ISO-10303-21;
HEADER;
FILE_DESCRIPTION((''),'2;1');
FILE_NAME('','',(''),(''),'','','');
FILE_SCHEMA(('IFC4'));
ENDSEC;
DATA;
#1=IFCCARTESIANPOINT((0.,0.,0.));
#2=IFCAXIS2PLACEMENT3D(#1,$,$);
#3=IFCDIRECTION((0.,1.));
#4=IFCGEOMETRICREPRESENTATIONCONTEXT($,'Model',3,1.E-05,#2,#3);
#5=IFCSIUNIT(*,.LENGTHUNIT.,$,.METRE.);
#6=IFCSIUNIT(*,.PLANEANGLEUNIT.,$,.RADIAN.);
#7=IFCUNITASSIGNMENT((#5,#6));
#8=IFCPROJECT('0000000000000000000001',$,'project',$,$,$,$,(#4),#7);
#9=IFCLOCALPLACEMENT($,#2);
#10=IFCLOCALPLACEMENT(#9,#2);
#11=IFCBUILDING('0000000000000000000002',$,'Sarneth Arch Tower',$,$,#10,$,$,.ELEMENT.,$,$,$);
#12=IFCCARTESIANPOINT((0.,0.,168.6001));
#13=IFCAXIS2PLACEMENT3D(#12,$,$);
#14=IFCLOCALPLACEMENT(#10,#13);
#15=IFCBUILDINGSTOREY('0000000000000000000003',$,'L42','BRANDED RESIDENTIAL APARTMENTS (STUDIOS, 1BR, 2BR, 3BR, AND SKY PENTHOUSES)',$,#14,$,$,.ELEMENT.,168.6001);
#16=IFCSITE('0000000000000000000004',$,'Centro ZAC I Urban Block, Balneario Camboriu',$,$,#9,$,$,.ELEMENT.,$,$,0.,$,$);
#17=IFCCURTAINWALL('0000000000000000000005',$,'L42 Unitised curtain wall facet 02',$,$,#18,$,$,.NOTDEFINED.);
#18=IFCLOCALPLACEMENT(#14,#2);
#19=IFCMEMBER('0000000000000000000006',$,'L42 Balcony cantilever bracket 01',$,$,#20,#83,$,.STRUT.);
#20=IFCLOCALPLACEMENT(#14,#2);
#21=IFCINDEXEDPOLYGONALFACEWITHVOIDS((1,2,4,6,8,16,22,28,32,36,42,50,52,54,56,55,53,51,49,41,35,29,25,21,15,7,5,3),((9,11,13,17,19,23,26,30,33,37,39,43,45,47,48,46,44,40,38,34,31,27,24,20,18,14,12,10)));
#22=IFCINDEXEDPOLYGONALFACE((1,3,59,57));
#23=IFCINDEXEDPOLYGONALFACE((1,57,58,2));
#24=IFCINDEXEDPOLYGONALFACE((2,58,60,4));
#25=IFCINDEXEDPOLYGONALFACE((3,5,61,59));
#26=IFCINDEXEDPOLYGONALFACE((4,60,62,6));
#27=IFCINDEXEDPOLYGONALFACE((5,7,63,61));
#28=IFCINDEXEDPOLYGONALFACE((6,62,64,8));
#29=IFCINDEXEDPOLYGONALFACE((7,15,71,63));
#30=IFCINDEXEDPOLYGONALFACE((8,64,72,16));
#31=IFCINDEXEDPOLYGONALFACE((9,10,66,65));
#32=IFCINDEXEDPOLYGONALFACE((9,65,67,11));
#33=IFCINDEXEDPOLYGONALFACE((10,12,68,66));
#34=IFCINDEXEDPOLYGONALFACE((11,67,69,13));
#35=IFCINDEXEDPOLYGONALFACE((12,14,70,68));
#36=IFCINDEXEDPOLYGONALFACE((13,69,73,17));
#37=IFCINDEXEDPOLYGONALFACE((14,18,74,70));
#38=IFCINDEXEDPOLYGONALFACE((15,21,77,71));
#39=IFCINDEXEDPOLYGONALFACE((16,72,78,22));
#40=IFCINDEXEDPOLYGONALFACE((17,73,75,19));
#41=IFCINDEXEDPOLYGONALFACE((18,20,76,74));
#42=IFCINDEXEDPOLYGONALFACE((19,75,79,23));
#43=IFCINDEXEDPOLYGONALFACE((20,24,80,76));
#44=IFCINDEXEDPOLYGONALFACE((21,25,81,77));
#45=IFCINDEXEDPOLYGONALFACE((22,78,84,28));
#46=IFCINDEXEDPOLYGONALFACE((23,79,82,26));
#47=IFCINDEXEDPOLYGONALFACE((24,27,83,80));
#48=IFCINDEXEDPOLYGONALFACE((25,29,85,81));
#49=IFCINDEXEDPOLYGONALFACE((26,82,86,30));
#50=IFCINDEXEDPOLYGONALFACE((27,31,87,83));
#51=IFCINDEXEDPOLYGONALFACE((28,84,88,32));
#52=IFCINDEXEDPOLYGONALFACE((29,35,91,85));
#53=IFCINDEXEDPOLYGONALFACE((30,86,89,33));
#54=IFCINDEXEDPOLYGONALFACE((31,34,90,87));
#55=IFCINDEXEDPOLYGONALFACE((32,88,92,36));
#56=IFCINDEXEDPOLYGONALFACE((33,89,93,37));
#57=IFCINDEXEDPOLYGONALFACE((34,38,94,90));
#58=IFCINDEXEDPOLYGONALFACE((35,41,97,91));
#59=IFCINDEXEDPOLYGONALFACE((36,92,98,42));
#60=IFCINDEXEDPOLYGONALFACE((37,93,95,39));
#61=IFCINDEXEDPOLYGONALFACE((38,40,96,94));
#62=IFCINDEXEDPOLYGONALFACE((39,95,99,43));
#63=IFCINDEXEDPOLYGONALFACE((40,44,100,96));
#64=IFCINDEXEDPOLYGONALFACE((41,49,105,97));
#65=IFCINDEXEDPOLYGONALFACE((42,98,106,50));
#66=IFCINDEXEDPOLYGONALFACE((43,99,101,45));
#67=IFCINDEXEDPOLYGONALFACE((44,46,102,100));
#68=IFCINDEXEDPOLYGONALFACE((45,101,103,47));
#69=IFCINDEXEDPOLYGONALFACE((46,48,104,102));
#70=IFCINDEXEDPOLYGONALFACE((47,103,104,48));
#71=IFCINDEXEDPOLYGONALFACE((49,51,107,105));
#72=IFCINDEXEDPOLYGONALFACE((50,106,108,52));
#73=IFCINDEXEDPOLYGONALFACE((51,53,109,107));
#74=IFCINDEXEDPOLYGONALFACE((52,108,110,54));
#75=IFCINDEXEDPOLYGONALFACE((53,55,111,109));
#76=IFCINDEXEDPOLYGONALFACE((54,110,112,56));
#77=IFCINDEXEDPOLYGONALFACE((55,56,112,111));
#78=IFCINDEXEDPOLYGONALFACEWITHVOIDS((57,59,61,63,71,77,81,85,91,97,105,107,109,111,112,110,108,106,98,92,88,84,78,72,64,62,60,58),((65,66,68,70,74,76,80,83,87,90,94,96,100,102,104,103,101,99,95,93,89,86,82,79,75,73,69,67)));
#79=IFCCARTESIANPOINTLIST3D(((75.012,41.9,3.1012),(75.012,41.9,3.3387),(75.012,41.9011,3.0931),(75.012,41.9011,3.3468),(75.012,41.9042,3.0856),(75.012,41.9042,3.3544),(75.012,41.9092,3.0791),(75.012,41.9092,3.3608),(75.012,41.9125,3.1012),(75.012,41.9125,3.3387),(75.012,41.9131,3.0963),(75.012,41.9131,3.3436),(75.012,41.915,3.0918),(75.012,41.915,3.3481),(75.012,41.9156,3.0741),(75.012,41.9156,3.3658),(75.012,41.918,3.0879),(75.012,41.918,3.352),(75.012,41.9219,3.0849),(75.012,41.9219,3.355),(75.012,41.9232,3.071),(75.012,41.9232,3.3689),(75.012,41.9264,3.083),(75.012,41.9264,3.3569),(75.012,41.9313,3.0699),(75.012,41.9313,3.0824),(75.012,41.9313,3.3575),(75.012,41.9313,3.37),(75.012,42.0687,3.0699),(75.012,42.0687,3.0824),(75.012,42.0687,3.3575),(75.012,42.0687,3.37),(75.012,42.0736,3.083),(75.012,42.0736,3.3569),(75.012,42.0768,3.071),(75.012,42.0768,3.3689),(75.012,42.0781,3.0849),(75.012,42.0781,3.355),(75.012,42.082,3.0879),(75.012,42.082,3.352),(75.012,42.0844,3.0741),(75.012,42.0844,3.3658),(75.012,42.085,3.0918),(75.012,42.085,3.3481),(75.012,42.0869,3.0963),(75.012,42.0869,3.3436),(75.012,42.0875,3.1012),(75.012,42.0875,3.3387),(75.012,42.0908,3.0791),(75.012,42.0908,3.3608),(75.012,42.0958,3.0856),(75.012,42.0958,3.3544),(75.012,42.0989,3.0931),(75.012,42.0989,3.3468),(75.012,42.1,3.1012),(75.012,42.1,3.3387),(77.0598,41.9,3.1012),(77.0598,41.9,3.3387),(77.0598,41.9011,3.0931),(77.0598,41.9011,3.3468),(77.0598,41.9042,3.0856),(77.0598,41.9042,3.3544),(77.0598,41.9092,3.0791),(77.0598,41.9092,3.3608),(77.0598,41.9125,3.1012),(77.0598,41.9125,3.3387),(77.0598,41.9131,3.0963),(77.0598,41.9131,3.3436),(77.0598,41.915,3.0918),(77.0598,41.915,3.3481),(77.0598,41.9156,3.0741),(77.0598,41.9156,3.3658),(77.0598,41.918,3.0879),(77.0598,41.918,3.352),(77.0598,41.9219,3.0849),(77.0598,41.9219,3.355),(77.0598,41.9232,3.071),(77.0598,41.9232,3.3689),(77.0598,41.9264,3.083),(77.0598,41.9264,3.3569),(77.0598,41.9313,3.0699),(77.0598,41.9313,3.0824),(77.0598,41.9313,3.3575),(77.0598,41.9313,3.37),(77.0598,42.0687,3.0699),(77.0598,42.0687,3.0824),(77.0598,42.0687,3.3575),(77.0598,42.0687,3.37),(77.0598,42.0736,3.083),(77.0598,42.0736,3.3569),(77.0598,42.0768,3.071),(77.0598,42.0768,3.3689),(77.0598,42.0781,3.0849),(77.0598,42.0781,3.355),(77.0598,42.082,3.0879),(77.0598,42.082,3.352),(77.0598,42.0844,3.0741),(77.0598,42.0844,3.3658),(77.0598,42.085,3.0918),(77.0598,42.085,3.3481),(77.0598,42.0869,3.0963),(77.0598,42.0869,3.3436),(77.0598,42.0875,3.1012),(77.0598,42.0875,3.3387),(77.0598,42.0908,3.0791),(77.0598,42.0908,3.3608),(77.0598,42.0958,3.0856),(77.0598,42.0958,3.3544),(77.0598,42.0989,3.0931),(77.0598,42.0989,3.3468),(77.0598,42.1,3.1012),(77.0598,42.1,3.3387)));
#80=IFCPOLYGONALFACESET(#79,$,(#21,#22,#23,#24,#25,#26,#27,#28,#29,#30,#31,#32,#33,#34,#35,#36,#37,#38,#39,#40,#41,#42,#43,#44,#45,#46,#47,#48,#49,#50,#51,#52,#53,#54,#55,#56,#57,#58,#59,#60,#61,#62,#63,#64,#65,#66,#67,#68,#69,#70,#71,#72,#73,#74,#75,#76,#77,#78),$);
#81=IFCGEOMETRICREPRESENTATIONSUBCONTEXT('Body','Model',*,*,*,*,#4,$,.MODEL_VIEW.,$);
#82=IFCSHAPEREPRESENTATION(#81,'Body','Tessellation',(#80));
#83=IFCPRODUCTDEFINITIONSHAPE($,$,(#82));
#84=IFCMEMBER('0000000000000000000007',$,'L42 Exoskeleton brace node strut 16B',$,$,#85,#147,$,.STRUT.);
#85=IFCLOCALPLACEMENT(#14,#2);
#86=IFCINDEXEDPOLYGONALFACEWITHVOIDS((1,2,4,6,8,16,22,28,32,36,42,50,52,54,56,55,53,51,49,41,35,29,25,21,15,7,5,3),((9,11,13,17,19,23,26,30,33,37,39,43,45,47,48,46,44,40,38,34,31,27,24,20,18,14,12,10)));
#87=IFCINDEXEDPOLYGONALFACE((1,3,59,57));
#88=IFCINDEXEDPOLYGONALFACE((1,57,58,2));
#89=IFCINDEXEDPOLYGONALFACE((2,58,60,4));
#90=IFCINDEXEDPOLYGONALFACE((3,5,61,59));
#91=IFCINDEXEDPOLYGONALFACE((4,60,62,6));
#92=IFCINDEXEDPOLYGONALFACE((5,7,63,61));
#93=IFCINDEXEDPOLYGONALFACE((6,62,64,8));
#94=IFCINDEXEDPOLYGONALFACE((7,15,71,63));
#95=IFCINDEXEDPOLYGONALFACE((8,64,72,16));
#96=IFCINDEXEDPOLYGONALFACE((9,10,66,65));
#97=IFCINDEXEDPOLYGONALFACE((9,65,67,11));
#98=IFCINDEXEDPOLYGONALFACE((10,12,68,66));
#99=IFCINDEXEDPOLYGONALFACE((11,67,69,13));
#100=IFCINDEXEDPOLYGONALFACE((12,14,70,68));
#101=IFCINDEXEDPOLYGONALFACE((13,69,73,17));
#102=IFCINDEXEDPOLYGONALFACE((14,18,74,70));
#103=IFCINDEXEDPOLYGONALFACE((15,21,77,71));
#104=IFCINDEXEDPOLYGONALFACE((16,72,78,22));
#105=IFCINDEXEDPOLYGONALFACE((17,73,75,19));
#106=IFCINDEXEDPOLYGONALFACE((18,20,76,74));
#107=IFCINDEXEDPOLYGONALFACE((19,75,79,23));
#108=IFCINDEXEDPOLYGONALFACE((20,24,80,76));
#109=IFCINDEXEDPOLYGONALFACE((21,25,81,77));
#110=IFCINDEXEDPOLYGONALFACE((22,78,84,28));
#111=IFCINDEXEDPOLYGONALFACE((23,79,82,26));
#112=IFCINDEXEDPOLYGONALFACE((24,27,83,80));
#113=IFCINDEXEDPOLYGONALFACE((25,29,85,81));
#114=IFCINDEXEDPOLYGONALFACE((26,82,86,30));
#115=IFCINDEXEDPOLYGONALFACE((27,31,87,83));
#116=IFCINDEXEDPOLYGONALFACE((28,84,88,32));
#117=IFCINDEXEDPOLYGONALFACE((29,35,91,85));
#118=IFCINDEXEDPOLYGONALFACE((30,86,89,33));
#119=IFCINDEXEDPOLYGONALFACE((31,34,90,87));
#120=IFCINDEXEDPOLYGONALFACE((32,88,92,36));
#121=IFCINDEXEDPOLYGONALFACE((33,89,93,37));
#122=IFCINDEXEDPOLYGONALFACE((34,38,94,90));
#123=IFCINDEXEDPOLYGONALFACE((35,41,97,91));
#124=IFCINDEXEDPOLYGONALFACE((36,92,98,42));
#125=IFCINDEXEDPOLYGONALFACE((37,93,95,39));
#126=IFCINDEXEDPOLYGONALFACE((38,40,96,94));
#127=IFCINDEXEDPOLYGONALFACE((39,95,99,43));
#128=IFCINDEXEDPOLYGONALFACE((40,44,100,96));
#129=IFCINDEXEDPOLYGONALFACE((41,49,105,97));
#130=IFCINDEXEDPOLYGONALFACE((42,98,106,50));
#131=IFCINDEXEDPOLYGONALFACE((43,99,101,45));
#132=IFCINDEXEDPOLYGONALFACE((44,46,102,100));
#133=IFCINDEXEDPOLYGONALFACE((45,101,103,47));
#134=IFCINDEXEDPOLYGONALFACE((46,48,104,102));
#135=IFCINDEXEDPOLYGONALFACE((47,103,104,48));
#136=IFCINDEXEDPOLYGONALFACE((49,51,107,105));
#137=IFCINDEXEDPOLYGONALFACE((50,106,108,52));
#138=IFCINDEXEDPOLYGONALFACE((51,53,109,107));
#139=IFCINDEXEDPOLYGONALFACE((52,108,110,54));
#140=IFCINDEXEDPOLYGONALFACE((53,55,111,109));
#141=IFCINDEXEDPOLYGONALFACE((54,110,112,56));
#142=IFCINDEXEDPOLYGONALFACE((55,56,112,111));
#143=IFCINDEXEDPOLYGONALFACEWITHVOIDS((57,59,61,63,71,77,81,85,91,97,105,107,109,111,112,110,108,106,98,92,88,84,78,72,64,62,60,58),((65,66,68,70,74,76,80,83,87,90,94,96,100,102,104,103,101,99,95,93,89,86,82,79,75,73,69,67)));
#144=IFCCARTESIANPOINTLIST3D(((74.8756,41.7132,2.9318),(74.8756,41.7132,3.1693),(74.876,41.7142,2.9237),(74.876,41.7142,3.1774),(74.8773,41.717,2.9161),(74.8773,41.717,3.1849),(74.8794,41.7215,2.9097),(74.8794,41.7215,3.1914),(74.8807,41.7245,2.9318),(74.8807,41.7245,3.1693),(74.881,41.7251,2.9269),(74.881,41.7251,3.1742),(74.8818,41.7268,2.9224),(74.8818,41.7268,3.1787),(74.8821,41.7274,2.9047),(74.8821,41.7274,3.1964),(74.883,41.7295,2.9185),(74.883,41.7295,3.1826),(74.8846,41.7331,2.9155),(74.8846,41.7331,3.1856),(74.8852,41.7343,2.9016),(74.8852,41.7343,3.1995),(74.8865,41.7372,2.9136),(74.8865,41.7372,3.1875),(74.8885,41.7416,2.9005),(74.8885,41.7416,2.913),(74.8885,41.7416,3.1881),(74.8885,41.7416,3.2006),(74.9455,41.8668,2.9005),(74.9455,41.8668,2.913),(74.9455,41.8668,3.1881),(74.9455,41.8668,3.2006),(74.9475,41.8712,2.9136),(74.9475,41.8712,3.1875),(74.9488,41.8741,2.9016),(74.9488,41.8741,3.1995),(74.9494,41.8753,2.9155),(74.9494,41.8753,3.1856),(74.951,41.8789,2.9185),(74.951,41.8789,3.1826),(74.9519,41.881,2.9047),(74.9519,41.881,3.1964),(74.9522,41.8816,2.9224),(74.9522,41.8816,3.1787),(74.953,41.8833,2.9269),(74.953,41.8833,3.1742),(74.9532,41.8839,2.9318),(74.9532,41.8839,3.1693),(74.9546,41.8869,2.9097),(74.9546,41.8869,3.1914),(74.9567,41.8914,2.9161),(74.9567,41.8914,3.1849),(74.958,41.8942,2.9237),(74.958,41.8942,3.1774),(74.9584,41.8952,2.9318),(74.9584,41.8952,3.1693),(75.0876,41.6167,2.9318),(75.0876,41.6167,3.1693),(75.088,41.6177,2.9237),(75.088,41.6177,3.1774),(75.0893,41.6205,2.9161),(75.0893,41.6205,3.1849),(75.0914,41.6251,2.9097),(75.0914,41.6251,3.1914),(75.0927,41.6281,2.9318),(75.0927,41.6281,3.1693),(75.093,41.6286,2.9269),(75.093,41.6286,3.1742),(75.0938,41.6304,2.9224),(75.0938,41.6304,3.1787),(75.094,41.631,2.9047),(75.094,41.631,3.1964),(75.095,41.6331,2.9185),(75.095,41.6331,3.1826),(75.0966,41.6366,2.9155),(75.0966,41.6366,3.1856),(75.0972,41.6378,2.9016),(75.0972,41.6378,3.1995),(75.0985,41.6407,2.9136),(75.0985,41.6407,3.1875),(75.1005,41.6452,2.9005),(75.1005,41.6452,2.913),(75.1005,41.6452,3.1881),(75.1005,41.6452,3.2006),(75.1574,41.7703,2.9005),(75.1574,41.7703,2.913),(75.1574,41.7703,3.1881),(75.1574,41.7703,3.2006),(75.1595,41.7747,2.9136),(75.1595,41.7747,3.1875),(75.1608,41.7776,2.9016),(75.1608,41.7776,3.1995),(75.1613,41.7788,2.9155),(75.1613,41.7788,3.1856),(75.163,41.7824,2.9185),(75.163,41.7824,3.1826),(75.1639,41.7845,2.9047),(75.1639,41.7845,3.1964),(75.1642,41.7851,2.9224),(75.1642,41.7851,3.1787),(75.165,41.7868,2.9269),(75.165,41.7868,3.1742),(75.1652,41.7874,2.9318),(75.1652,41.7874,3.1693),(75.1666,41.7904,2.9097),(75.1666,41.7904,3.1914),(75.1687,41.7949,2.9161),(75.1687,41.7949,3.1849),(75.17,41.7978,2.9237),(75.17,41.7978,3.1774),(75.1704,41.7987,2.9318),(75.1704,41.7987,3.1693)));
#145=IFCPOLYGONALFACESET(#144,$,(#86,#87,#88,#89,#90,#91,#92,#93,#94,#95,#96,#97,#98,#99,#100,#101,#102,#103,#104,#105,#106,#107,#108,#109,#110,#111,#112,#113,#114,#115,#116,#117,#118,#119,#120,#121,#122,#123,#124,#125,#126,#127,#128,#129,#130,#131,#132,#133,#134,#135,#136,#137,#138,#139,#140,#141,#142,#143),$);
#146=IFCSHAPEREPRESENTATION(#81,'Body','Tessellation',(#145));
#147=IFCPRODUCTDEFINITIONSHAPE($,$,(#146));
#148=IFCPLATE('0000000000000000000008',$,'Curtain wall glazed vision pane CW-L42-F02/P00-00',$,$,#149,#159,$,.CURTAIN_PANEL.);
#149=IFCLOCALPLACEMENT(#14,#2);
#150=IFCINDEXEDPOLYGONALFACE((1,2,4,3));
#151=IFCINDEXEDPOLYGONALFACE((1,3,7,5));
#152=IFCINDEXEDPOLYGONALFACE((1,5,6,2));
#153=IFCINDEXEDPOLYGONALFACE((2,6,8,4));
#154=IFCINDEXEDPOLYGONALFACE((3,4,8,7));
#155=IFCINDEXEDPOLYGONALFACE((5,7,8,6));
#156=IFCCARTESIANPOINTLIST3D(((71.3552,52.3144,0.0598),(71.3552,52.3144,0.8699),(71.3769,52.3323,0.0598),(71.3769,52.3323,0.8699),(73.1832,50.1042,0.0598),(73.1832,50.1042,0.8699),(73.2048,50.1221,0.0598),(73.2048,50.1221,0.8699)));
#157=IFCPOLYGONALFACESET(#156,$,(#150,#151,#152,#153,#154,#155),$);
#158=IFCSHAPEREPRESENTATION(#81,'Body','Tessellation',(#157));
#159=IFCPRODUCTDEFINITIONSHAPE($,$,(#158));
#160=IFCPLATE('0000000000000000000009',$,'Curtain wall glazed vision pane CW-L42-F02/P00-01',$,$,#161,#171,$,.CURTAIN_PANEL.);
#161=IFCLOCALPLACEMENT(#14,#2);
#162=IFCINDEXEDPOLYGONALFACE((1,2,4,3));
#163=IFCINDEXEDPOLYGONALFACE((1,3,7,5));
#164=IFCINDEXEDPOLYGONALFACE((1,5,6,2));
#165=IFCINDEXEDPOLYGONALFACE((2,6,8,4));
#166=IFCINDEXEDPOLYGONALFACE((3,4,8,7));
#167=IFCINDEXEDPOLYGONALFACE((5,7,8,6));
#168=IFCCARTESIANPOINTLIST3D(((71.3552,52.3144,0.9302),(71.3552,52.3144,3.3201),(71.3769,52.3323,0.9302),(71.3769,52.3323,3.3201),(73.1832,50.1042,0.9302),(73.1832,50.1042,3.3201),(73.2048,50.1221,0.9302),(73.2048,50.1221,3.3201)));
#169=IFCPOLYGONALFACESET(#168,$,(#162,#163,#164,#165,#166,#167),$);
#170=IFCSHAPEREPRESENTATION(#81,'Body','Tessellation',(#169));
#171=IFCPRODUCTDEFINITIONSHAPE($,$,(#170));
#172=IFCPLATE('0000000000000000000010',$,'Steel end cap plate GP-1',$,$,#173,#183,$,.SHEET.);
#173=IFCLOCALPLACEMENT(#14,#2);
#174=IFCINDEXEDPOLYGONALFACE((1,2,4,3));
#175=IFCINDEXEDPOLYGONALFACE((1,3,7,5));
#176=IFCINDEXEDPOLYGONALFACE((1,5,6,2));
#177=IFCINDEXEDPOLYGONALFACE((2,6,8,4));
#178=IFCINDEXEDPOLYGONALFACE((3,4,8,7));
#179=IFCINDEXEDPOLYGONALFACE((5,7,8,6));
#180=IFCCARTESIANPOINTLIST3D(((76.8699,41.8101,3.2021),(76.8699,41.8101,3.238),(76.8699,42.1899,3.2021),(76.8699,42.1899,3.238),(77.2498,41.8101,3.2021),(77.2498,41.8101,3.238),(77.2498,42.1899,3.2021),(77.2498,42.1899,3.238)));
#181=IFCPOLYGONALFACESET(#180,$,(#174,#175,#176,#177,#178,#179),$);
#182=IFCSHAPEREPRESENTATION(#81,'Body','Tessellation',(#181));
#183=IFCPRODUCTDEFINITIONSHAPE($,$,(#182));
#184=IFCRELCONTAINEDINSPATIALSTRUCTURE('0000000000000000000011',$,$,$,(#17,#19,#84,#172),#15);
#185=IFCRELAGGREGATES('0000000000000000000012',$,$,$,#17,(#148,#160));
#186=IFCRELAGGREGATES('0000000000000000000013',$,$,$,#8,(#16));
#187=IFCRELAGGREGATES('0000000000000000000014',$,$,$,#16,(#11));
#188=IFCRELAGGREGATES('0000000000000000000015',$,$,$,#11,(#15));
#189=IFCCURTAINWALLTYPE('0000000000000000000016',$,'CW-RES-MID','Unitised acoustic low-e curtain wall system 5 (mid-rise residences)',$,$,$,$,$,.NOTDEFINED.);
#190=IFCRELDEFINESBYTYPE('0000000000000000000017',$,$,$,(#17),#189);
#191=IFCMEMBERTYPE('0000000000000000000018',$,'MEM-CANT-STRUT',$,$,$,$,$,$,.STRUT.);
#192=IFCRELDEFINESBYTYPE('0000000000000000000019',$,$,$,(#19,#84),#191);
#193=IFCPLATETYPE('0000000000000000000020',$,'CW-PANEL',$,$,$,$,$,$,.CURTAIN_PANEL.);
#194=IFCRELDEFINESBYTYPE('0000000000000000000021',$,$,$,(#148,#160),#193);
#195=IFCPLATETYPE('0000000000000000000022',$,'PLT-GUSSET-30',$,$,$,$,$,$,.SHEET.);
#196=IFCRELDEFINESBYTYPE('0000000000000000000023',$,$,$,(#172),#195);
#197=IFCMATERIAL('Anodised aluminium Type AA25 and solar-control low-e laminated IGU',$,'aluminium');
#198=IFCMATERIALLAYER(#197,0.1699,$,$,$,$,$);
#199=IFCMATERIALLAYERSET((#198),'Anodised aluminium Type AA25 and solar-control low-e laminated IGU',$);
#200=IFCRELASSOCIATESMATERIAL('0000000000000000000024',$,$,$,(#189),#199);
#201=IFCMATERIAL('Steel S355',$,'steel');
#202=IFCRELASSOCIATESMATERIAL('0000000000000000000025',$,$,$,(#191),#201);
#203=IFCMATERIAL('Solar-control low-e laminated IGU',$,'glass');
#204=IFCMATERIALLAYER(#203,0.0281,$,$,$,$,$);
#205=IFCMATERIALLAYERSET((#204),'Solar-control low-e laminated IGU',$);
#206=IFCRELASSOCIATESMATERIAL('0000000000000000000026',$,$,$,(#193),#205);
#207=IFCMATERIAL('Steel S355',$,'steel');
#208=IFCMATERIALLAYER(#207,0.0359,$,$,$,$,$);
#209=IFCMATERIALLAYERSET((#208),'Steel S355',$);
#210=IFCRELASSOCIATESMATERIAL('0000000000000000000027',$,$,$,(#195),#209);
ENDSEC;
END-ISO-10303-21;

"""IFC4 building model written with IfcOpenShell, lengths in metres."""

from ifc_helpers import new_model, si_unit, direction, frame, origin, origin_2d, place, context, subcontext, project, spatial, rectangle, hollow_rectangle, extrude, material, layer, layer_set, material_profile, profile_set, type_object, element, aggregate, save


model = new_model("IFC4")

# Units and contexts
model_context = context("Model", 3, precision=1e-05, world=origin(), true_north=direction((0.0, 1.0)))
body_context = subcontext(model_context, "Body", "Model", "MODEL_VIEW")
ifc_project = project(units=[si_unit("LENGTHUNIT", "METRE"), si_unit("PLANEANGLEUNIT", "RADIAN")], contexts=[model_context])

# Site, building, storey
site_placement = place(None, origin())
site = spatial("IfcSite", under=ifc_project, at=site_placement, Name="Centro ZAC I Urban Block, Balneario Camboriu", CompositionType="ELEMENT", RefElevation=0.0)
building_placement = place(site_placement, origin())
building = spatial("IfcBuilding", under=site, at=building_placement, Name="Sarneth Arch Tower", CompositionType="ELEMENT")
storey_placement = place(building_placement, frame((0.0, 0.0, 168.6001)))
storey = spatial("IfcBuildingStorey", under=building, at=storey_placement, Name="L42", Description="BRANDED RESIDENTIAL APARTMENTS (STUDIOS, 1BR, 2BR, 3BR, AND SKY PENTHOUSES)", CompositionType="ELEMENT", Elevation=168.6001)

# Curtain wall
ifc_material_1 = material(Name="Anodised aluminium Type AA25 and solar-control low-e laminated IGU", Category="aluminium")
ifc_layer_1 = layer(ifc_material_1, 0.1699)
ifc_layer_set_1 = layer_set([ifc_layer_1], Name="Anodised aluminium Type AA25 and solar-control low-e laminated IGU")
curtain_wall_type = type_object("IfcCurtainWallType", Name="CW-RES-MID", Description="Unitised acoustic low-e curtain wall system 5 (mid-rise residences)", PredefinedType="NOTDEFINED", material=ifc_layer_set_1)
curtain_wall_placement = place(storey_placement, origin())
curtain_wall = element("IfcCurtainWall", 1, at=curtain_wall_placement, inside=storey, type_object=curtain_wall_type, Name="L42 Unitised curtain wall facet 02", PredefinedType="NOTDEFINED")

# Members
ifc_material_2 = material(Name="Steel S355", Category="steel")
ifc_material_profile_1 = material_profile(ifc_material_2, hollow_rectangle(XDim=0.2, YDim=0.3, WallThickness=0.0125, InnerFilletRadius=0.0188, OuterFilletRadius=0.0312, at=origin_2d()), Name="RHS300x200x12.5")
ifc_profile_set_1 = profile_set([ifc_material_profile_1], Name="Steel S355")
member_type_1 = type_object("IfcMemberType", Name="MEM-CANT-STRUT", PredefinedType="STRUT", material=ifc_profile_set_1)
member_1_placement = place(storey_placement, frame((75.012, 42.0, 3.22), z_axis=(1.0, 0.0, 0.0), x_axis=(0.0, 1.0, 0.0)))
element("IfcMember", 2, at=member_1_placement, inside=storey, type_object=member_type_1, Name="L42 Balcony cantilever bracket 01", PredefinedType="STRUT", context=body_context, shape_type="SweptSolid", body=[
    extrude(hollow_rectangle(XDim=0.2, YDim=0.3, WallThickness=0.0125, InnerFilletRadius=0.0188, OuterFilletRadius=0.0312, at=origin_2d()), origin(), (0.0, 0.0, 1.0), 2.0479),
])
member_2_placement = place(storey_placement, frame((74.917, 41.8042, 3.0505), z_axis=(0.910187, -0.414198, 0.0), x_axis=(0.414198, 0.910187, 0.0)))
element("IfcMember", 3, at=member_2_placement, inside=storey, type_object=member_type_1, Name="L42 Exoskeleton brace node strut 16B", PredefinedType="STRUT", context=body_context, shape_type="SweptSolid", body=[
    extrude(hollow_rectangle(XDim=0.2, YDim=0.3, WallThickness=0.0125, InnerFilletRadius=0.0188, OuterFilletRadius=0.0312, at=origin_2d()), origin(), (0.0, 0.0, 1.0), 0.2329),
])

# Plates
ifc_material_3 = material(Name="Solar-control low-e laminated IGU", Category="glass")
ifc_layer_2 = layer(ifc_material_3, 0.0281)
ifc_layer_set_2 = layer_set([ifc_layer_2], Name="Solar-control low-e laminated IGU")
plate_type_1 = type_object("IfcPlateType", Name="CW-PANEL", PredefinedType="CURTAIN_PANEL", material=ifc_layer_set_2)
plate_1_placement = place(storey_placement, frame((72.28, 51.2183, 0.0598), z_axis=(0.0, 0.0, 1.0), x_axis=(-0.63733, 0.770591, 0.0)))
plate_1 = element("IfcPlate", 4, at=plate_1_placement, type_object=plate_type_1, Name="Curtain wall glazed vision pane CW-L42-F02/P00-00", PredefinedType="CURTAIN_PANEL", context=body_context, shape_type="SweptSolid", body=[
    extrude(rectangle(XDim=2.8682, YDim=0.0281, at=origin_2d()), origin(), (0.0, 0.0, 1.0), 0.8101),
])
plate_2_placement = place(storey_placement, frame((72.28, 51.2183, 0.9302), z_axis=(0.0, 0.0, 1.0), x_axis=(-0.63733, 0.770591, 0.0)))
plate_2 = element("IfcPlate", 5, at=plate_2_placement, type_object=plate_type_1, Name="Curtain wall glazed vision pane CW-L42-F02/P00-01", PredefinedType="CURTAIN_PANEL", context=body_context, shape_type="SweptSolid", body=[
    extrude(rectangle(XDim=2.8682, YDim=0.0281, at=origin_2d()), origin(), (0.0, 0.0, 1.0), 2.3899),
])
aggregate(curtain_wall, [plate_1, plate_2])
ifc_material_4 = material(Name="Steel S355", Category="steel")
ifc_layer_3 = layer(ifc_material_4, 0.0359)
ifc_layer_set_3 = layer_set([ifc_layer_3], Name="Steel S355")
plate_type_2 = type_object("IfcPlateType", Name="PLT-GUSSET-30", PredefinedType="SHEET", material=ifc_layer_set_3)
plate_3_placement = place(storey_placement, frame((77.0598, 42.0, 3.2021), z_axis=(0.0, 0.0, 1.0), x_axis=(1.0, 0.0, 0.0)))
element("IfcPlate", 6, at=plate_3_placement, inside=storey, type_object=plate_type_2, Name="Steel end cap plate GP-1", PredefinedType="SHEET", context=body_context, shape_type="SweptSolid", body=[
    extrude(rectangle(XDim=0.3799, YDim=0.3799, at=origin_2d()), origin(), (0.0, 0.0, 1.0), 0.0359),
])

save(model, "model.ifc")
